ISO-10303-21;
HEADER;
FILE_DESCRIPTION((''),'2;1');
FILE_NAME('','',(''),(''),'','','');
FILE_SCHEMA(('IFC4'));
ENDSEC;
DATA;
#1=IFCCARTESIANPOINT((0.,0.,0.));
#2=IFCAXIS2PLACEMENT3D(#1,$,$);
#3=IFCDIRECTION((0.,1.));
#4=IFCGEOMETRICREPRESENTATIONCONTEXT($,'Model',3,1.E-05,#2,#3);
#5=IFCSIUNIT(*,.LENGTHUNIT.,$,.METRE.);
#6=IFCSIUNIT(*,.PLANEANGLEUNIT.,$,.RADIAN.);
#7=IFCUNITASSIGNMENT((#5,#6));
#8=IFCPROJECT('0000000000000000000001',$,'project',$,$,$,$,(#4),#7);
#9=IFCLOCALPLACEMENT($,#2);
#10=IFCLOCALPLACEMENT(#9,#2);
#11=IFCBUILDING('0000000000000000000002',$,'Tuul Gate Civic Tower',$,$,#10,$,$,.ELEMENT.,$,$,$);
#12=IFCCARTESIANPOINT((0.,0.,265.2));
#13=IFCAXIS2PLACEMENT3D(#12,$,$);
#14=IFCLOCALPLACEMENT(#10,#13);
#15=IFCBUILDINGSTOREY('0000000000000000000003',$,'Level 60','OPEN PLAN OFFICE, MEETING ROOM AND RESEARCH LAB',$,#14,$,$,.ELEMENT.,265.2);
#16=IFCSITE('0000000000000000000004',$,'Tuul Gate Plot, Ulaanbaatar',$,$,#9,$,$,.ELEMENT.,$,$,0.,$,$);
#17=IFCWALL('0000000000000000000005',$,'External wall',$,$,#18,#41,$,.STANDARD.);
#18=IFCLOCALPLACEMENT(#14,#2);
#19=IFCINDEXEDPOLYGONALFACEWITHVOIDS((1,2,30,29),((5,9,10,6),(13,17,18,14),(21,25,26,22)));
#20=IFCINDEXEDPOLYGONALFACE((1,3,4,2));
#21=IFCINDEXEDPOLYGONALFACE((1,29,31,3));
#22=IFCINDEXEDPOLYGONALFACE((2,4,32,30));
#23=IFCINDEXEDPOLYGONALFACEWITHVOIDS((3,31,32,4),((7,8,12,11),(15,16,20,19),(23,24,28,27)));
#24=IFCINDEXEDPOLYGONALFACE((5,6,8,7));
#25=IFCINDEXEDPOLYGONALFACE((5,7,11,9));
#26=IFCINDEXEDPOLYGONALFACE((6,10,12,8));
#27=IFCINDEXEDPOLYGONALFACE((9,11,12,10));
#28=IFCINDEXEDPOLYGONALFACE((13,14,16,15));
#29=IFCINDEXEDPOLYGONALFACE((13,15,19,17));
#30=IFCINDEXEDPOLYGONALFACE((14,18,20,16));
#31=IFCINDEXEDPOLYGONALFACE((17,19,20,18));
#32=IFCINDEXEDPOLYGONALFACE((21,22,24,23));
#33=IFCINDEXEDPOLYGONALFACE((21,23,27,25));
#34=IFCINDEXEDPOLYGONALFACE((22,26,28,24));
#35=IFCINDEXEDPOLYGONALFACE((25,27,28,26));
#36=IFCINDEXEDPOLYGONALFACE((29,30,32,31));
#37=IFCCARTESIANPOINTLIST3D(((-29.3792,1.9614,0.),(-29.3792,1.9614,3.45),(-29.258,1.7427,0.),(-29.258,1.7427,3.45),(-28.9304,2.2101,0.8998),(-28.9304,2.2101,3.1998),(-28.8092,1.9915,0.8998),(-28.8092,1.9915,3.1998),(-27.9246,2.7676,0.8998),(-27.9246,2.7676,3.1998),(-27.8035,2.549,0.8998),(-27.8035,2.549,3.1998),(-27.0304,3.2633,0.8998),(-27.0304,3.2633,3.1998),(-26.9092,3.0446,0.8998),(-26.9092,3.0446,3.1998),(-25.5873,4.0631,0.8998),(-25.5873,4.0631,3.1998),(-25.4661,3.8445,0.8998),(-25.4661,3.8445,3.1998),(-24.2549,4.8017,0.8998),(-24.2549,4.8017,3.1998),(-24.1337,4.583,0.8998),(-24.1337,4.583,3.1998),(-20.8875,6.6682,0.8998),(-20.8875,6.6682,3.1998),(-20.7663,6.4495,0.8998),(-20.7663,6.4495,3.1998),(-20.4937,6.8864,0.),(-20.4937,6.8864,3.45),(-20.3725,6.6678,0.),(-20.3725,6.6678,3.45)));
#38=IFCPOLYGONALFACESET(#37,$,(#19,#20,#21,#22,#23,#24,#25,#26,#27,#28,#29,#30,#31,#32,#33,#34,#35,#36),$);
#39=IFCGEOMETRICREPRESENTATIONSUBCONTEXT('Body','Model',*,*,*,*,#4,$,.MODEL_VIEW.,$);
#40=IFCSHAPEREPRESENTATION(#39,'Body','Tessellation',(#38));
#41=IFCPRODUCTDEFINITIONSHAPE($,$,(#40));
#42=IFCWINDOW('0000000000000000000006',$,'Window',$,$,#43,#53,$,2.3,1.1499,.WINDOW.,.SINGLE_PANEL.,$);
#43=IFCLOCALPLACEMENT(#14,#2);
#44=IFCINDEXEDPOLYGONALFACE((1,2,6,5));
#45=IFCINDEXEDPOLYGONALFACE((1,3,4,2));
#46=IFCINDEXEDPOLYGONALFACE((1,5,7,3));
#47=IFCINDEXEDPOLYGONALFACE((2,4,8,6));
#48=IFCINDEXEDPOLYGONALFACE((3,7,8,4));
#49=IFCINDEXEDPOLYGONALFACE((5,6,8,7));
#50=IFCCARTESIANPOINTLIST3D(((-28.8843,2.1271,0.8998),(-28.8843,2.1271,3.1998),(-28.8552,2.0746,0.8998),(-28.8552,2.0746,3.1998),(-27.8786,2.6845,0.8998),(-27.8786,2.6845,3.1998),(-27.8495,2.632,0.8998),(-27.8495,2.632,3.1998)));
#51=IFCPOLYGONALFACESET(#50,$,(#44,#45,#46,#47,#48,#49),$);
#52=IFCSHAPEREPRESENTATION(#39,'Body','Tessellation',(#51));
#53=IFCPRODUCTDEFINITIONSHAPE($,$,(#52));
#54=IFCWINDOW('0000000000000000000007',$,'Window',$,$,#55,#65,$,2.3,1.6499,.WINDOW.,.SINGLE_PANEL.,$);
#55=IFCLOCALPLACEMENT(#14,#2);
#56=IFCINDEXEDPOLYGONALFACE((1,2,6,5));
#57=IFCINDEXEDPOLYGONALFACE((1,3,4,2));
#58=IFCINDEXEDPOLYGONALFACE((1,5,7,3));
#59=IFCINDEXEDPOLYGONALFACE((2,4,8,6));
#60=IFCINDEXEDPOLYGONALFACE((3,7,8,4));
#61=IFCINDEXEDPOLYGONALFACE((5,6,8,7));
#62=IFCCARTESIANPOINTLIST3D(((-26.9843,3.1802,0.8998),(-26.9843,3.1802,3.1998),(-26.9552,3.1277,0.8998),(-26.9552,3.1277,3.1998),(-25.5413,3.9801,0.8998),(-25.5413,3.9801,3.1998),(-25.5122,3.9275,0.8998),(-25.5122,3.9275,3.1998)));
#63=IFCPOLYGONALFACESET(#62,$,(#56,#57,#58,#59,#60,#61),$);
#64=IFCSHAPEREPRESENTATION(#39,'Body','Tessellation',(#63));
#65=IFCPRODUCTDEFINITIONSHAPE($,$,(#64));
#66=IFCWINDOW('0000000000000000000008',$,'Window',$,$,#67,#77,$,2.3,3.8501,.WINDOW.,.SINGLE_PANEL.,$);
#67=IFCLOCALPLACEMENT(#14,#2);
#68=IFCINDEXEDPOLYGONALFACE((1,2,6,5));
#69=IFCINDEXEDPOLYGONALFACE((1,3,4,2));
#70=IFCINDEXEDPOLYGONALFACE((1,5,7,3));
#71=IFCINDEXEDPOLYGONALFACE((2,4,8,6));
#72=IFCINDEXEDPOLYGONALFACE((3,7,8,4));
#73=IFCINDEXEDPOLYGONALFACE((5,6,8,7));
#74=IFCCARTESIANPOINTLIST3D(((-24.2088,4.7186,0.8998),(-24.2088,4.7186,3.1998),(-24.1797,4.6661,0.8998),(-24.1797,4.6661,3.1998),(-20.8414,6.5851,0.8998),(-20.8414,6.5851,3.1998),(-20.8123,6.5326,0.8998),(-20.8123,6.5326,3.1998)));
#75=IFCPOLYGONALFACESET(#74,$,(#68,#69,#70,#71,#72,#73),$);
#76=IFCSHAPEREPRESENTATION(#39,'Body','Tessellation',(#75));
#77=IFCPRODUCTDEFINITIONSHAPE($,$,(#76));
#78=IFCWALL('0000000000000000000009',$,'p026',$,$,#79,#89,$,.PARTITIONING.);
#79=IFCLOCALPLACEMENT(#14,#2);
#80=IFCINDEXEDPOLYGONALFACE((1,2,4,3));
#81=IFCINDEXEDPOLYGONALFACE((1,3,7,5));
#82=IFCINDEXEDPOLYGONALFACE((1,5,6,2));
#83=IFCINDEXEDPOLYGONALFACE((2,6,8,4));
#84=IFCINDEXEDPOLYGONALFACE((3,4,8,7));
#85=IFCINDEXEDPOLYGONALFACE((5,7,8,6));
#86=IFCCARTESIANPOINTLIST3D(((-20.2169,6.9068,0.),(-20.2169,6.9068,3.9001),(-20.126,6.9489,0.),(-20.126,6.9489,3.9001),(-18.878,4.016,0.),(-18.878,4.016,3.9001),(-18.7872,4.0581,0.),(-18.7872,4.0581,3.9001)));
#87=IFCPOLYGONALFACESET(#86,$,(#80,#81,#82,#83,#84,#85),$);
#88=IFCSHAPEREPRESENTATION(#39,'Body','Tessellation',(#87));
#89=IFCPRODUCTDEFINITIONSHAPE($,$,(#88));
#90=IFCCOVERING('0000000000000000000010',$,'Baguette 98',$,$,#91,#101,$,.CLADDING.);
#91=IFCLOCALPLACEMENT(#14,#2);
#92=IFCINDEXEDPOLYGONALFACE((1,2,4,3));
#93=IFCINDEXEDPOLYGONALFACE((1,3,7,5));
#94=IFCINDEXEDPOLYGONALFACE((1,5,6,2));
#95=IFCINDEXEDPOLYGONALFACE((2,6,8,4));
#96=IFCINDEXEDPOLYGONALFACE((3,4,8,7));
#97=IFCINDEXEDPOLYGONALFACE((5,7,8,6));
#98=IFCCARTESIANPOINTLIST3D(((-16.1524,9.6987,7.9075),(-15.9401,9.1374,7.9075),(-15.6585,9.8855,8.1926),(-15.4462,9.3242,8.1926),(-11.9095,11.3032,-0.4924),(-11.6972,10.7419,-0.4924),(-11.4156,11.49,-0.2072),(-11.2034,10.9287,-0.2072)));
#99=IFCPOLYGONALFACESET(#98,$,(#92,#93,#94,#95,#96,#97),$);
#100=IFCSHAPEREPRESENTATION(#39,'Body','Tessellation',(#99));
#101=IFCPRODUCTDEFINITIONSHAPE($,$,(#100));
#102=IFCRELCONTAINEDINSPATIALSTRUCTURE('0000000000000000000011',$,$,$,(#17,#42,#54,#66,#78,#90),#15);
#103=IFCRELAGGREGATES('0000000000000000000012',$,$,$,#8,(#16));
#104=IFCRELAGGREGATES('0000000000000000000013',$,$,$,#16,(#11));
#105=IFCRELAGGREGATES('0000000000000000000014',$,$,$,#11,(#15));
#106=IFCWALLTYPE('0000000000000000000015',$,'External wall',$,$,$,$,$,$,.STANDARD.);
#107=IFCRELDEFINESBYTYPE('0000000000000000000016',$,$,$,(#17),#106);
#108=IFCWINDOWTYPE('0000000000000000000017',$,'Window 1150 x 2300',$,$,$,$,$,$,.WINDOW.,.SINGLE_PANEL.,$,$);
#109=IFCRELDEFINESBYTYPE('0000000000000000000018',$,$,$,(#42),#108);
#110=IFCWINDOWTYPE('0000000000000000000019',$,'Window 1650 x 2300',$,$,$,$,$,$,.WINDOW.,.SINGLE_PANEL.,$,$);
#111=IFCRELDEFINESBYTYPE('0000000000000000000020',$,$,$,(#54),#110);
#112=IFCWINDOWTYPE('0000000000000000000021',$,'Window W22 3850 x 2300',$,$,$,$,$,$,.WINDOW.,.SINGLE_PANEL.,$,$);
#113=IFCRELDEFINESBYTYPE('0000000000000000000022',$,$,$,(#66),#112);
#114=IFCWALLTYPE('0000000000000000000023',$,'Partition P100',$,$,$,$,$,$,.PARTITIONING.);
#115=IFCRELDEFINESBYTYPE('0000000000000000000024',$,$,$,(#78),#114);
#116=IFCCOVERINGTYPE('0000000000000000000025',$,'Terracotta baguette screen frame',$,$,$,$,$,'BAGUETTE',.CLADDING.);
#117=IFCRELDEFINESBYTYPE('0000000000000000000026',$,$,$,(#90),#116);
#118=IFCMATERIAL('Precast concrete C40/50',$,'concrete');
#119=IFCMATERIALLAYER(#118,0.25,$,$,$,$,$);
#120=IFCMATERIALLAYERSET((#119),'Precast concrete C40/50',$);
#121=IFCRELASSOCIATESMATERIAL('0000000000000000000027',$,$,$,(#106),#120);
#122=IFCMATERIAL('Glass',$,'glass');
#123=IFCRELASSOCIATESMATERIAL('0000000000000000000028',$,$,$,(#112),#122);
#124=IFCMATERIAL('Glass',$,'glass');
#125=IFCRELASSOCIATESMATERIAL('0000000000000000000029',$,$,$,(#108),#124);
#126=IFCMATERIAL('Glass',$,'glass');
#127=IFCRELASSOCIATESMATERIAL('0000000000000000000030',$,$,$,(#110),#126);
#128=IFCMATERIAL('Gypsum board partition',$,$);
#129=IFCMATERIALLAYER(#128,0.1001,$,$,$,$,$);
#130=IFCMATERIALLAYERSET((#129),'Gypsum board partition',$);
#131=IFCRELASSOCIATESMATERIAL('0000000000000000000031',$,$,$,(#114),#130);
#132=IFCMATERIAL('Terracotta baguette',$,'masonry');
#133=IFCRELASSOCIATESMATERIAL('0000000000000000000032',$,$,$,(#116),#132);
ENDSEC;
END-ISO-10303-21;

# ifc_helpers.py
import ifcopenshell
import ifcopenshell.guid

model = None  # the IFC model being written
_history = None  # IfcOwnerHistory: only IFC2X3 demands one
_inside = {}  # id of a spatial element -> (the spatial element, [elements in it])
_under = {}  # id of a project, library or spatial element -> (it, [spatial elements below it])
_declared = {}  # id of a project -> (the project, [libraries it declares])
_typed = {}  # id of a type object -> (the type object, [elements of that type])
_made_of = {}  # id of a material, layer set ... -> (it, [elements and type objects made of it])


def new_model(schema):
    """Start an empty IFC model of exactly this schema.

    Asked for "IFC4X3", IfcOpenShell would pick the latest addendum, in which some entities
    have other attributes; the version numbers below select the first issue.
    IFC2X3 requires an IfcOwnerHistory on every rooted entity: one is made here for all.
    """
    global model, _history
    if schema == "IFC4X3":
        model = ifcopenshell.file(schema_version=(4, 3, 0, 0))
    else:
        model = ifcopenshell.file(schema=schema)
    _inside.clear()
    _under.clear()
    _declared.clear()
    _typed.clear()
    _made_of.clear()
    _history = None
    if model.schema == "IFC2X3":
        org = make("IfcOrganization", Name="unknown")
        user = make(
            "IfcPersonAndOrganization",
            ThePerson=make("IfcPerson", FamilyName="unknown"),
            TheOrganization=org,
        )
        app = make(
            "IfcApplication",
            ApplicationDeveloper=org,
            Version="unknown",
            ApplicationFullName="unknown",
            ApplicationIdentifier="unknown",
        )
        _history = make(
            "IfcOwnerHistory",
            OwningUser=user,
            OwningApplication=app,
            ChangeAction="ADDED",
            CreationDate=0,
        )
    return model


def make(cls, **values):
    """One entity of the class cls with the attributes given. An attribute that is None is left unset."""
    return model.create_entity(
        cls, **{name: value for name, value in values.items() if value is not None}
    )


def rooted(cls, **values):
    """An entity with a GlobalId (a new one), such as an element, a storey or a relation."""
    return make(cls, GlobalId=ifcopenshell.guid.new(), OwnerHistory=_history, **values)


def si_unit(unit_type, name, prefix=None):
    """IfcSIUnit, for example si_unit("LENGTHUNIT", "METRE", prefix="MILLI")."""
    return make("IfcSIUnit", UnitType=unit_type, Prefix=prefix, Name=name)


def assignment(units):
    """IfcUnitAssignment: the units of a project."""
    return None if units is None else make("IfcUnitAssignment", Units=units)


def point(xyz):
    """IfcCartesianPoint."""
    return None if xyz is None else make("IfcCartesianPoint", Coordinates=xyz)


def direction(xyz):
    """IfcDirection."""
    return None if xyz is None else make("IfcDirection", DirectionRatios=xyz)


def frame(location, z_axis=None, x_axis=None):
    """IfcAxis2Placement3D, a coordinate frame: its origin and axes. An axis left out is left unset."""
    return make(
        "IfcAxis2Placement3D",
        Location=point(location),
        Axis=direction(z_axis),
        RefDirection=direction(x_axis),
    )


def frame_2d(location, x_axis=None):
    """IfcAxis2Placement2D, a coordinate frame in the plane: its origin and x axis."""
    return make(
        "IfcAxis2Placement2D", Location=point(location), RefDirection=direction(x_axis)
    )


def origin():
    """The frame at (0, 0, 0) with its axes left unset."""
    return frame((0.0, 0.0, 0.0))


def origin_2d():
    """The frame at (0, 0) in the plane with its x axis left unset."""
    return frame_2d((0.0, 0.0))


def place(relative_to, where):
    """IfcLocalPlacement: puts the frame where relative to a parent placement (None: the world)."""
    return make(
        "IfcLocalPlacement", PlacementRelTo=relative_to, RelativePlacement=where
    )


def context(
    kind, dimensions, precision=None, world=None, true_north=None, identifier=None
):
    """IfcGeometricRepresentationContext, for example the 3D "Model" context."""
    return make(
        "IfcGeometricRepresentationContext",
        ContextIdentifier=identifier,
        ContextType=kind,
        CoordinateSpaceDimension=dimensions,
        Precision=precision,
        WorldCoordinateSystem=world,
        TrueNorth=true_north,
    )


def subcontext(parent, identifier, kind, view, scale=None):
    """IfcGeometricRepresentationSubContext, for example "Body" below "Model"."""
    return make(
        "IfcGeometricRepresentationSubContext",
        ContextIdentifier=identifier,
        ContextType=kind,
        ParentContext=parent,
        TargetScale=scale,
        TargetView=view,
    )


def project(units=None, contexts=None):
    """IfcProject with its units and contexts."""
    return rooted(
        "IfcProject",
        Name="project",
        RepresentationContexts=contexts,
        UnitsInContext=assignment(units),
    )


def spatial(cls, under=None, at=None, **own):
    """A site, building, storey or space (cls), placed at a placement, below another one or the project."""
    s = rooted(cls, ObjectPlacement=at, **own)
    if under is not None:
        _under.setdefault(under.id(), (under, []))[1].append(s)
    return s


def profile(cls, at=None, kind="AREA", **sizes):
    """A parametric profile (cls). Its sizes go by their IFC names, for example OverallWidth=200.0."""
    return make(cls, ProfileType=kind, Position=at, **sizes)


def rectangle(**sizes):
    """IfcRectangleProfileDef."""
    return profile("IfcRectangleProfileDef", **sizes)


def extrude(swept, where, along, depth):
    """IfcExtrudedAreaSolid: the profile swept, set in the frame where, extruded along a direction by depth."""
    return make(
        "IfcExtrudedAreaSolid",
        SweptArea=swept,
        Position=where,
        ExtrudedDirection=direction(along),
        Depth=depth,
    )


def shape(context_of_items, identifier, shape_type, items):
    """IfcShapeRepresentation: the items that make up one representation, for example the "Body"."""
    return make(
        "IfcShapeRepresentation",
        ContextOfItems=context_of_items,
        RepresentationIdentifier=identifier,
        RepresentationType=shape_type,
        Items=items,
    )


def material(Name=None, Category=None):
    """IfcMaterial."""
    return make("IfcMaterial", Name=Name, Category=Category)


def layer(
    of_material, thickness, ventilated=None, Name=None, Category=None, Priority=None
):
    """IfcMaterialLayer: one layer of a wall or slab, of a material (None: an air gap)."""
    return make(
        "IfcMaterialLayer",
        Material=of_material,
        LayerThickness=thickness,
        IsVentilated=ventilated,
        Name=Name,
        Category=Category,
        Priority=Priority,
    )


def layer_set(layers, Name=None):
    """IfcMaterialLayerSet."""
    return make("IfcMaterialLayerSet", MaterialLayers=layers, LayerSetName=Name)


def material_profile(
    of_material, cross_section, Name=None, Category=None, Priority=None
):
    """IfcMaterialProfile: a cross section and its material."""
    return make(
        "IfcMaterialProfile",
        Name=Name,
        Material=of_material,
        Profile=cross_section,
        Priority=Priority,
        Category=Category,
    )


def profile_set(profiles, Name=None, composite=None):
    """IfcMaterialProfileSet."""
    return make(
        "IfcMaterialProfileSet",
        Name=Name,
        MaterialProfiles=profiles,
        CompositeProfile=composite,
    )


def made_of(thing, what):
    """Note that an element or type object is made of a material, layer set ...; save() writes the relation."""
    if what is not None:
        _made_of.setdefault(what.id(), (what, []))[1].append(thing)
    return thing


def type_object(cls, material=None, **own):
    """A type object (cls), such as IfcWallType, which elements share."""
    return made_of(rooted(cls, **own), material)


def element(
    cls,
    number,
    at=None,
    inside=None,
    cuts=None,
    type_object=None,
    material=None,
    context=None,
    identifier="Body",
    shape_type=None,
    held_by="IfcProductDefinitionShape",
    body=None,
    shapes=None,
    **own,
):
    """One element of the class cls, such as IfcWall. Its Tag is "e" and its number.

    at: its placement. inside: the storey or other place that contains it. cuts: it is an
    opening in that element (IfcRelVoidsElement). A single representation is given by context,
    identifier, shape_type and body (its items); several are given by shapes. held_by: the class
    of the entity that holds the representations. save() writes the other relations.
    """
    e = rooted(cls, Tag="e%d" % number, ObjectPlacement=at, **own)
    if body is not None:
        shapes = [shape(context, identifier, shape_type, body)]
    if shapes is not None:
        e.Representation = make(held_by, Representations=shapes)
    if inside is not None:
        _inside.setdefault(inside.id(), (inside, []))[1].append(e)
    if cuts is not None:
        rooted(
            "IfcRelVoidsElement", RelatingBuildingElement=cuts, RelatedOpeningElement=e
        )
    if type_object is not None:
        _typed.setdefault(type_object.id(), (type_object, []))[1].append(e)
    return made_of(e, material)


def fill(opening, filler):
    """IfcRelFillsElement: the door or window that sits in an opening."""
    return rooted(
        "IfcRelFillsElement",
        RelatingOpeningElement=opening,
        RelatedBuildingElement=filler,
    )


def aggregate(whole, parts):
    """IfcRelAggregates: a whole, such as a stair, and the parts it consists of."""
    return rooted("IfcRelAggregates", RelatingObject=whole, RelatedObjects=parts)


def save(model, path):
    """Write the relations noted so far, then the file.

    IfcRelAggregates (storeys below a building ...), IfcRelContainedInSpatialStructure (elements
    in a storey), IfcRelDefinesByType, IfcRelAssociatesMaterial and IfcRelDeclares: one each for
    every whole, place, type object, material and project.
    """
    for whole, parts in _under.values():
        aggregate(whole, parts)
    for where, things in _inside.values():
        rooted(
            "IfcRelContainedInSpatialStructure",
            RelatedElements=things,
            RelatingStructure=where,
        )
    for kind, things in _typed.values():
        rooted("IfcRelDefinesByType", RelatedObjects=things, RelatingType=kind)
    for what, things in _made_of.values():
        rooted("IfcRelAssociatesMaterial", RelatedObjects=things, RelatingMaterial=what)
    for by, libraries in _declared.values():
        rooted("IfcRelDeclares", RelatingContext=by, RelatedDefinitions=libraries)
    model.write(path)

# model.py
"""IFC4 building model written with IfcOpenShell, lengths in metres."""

from ifc_helpers import new_model, si_unit, direction, frame, frame_2d, origin, origin_2d, place, context, subcontext, project, spatial, rectangle, extrude, material, layer, layer_set, material_profile, profile_set, type_object, element, fill, save


model = new_model("IFC4")

# Units and contexts
model_context = context("Model", 3, precision=1e-05, world=origin(), true_north=direction((0.0, 1.0)))
body_context = subcontext(model_context, "Body", "Model", "MODEL_VIEW")
ifc_project = project(units=[si_unit("LENGTHUNIT", "METRE"), si_unit("PLANEANGLEUNIT", "RADIAN")], contexts=[model_context])

# Site, building, storey
site_placement = place(None, origin())
site = spatial("IfcSite", under=ifc_project, at=site_placement, Name="Tuul Gate Plot, Ulaanbaatar", CompositionType="ELEMENT", RefElevation=0.0)
building_placement = place(site_placement, origin())
building = spatial("IfcBuilding", under=site, at=building_placement, Name="Tuul Gate Civic Tower", CompositionType="ELEMENT")
storey_placement = place(building_placement, frame((0.0, 0.0, 265.2)))
storey = spatial("IfcBuildingStorey", under=building, at=storey_placement, Name="Level 60", Description="OPEN PLAN OFFICE, MEETING ROOM AND RESEARCH LAB", CompositionType="ELEMENT", Elevation=265.2)

# Wall, openings, windows
ifc_material_1 = material(Name="Precast concrete C40/50", Category="concrete")
ifc_layer_1 = layer(ifc_material_1, 0.25)
ifc_layer_set_1 = layer_set([ifc_layer_1], Name="Precast concrete C40/50")
wall_type_1 = type_object("IfcWallType", Name="External wall", PredefinedType="STANDARD", material=ifc_layer_set_1)
ifc_material_2 = material(Name="Glass", Category="glass")
window_type_1 = type_object("IfcWindowType", Name="Window W22 3850 x 2300", PartitioningType="SINGLE_PANEL", PredefinedType="WINDOW", material=ifc_material_2)
wall_1_placement = place(storey_placement, frame((-20.4331, 6.7771, 0.0), z_axis=(0.0, 0.0, 1.0), x_axis=(-0.874631, -0.48479, 0.0)))
wall_1 = element("IfcWall", 1, at=wall_1_placement, inside=storey, type_object=wall_type_1, Name="External wall", PredefinedType="STANDARD", context=body_context, shape_type="SweptSolid", body=[
    extrude(rectangle(XDim=10.1592, YDim=0.25, at=frame_2d((5.0796, 0.0))), origin(), (0.0, 0.0, 1.0), 3.45),
])
opening_1_placement = place(wall_1_placement, frame((0.4502, 0.0, 0.8999)))
opening_1 = element("IfcOpeningElement", 2, at=opening_1_placement, cuts=wall_1, PredefinedType="OPENING", context=body_context, shape_type="SweptSolid", body=[
    extrude(rectangle(XDim=3.8501, YDim=2.3, at=frame_2d((1.925, 1.1499))), frame((0.0, 0.135, 0.0), z_axis=(0.0, -1.0, 0.0), x_axis=(1.0, 0.0, 0.0)), (0.0, 0.0, 1.0), 0.27),
])
opening_2_placement = place(wall_1_placement, frame((5.8237, 0.0, 0.8999)))
opening_2 = element("IfcOpeningElement", 3, at=opening_2_placement, cuts=wall_1, PredefinedType="OPENING", context=body_context, shape_type="SweptSolid", body=[
    extrude(rectangle(XDim=1.6499, YDim=2.3, at=frame_2d((0.825, 1.1499))), frame((0.0, 0.135, 0.0), z_axis=(0.0, -1.0, 0.0), x_axis=(1.0, 0.0, 0.0)), (0.0, 0.0, 1.0), 0.27),
])
opening_3_placement = place(wall_1_placement, frame((8.4961, 0.0, 0.8999)))
opening_3 = element("IfcOpeningElement", 4, at=opening_3_placement, cuts=wall_1, PredefinedType="OPENING", context=body_context, shape_type="SweptSolid", body=[
    extrude(rectangle(XDim=1.1499, YDim=2.3, at=frame_2d((0.575, 1.1499))), frame((0.0, 0.135, 0.0), z_axis=(0.0, -1.0, 0.0), x_axis=(1.0, 0.0, 0.0)), (0.0, 0.0, 1.0), 0.27),
])
ifc_material_3 = material(Name="Glass", Category="glass")
window_type_2 = type_object("IfcWindowType", Name="Window 1150 x 2300", PartitioningType="SINGLE_PANEL", PredefinedType="WINDOW", material=ifc_material_3)
window_1_placement = place(opening_3_placement, origin())
window_1 = element("IfcWindow", 5, at=window_1_placement, inside=storey, type_object=window_type_2, Name="Window", OverallHeight=2.3, OverallWidth=1.1499, PartitioningType="SINGLE_PANEL", PredefinedType="WINDOW", context=body_context, shape_type="SweptSolid", body=[
    extrude(rectangle(XDim=1.1499, YDim=2.3, at=frame_2d((0.575, 1.1499))), frame((0.0, 0.03, 0.0), z_axis=(0.0, -1.0, 0.0), x_axis=(1.0, 0.0, 0.0)), (0.0, 0.0, 1.0), 0.0601),
])
fill(opening_3, window_1)
ifc_material_4 = material(Name="Glass", Category="glass")
window_type_3 = type_object("IfcWindowType", Name="Window 1650 x 2300", PartitioningType="SINGLE_PANEL", PredefinedType="WINDOW", material=ifc_material_4)
window_2_placement = place(opening_2_placement, origin())
window_2 = element("IfcWindow", 6, at=window_2_placement, inside=storey, type_object=window_type_3, Name="Window", OverallHeight=2.3, OverallWidth=1.6499, PartitioningType="SINGLE_PANEL", PredefinedType="WINDOW", context=body_context, shape_type="SweptSolid", body=[
    extrude(rectangle(XDim=1.6499, YDim=2.3, at=frame_2d((0.825, 1.1499))), frame((0.0, 0.03, 0.0), z_axis=(0.0, -1.0, 0.0), x_axis=(1.0, 0.0, 0.0)), (0.0, 0.0, 1.0), 0.0601),
])
fill(opening_2, window_2)
window_3_placement = place(opening_1_placement, origin())
window_3 = element("IfcWindow", 7, at=window_3_placement, inside=storey, type_object=window_type_1, Name="Window", OverallHeight=2.3, OverallWidth=3.8501, PartitioningType="SINGLE_PANEL", PredefinedType="WINDOW", context=body_context, shape_type="SweptSolid", body=[
    extrude(rectangle(XDim=3.8501, YDim=2.3, at=frame_2d((1.925, 1.1499))), frame((0.0, 0.03, 0.0), z_axis=(0.0, -1.0, 0.0), x_axis=(1.0, 0.0, 0.0)), (0.0, 0.0, 1.0), 0.0601),
])
fill(opening_1, window_3)

# Wall
ifc_material_5 = material(Name="Gypsum board partition")
ifc_layer_2 = layer(ifc_material_5, 0.1001)
ifc_layer_set_2 = layer_set([ifc_layer_2], Name="Gypsum board partition")
wall_type_2 = type_object("IfcWallType", Name="Partition P100", PredefinedType="PARTITIONING", material=ifc_layer_set_2)
wall_2_placement = place(storey_placement, frame((-20.1714, 6.9277, 0.0), z_axis=(0.0, 0.0, 1.0), x_axis=(0.420253, -0.907407, 0.0)))
element("IfcWall", 8, at=wall_2_placement, inside=storey, type_object=wall_type_2, Name="p026", PredefinedType="PARTITIONING", context=body_context, shape_type="SweptSolid", body=[
    extrude(rectangle(XDim=3.1858, YDim=0.1001, at=frame_2d((1.5928, 0.0))), origin(), (0.0, 0.0, 1.0), 3.9001),
])

# Covering
ifc_material_6 = material(Name="Terracotta baguette", Category="masonry")
ifc_material_profile_1 = material_profile(ifc_material_6, rectangle(XDim=0.6001, YDim=0.6001, at=origin_2d()), Name="Terracotta baguette screen frame")
ifc_profile_set_1 = profile_set([ifc_material_profile_1], Name="Terracotta baguette")
covering_type = type_object("IfcCoveringType", Name="Terracotta baguette screen frame", ElementType="BAGUETTE", PredefinedType="CLADDING", material=ifc_profile_set_1)
covering_placement = place(storey_placement, frame((-15.7993, 9.5115, 8.05), z_axis=(0.444449, 0.168072, -0.879896), x_axis=(-0.353711, 0.935355, 0.0)))
element("IfcCovering", 9, at=covering_placement, inside=storey, type_object=covering_type, Name="Baguette 98", PredefinedType="CLADDING", context=body_context, shape_type="SweptSolid", body=[
    extrude(rectangle(XDim=0.6001, YDim=0.6001, at=origin_2d()), origin(), (0.0, 0.0, 1.0), 9.5464),
])

save(model, "model.ifc")
